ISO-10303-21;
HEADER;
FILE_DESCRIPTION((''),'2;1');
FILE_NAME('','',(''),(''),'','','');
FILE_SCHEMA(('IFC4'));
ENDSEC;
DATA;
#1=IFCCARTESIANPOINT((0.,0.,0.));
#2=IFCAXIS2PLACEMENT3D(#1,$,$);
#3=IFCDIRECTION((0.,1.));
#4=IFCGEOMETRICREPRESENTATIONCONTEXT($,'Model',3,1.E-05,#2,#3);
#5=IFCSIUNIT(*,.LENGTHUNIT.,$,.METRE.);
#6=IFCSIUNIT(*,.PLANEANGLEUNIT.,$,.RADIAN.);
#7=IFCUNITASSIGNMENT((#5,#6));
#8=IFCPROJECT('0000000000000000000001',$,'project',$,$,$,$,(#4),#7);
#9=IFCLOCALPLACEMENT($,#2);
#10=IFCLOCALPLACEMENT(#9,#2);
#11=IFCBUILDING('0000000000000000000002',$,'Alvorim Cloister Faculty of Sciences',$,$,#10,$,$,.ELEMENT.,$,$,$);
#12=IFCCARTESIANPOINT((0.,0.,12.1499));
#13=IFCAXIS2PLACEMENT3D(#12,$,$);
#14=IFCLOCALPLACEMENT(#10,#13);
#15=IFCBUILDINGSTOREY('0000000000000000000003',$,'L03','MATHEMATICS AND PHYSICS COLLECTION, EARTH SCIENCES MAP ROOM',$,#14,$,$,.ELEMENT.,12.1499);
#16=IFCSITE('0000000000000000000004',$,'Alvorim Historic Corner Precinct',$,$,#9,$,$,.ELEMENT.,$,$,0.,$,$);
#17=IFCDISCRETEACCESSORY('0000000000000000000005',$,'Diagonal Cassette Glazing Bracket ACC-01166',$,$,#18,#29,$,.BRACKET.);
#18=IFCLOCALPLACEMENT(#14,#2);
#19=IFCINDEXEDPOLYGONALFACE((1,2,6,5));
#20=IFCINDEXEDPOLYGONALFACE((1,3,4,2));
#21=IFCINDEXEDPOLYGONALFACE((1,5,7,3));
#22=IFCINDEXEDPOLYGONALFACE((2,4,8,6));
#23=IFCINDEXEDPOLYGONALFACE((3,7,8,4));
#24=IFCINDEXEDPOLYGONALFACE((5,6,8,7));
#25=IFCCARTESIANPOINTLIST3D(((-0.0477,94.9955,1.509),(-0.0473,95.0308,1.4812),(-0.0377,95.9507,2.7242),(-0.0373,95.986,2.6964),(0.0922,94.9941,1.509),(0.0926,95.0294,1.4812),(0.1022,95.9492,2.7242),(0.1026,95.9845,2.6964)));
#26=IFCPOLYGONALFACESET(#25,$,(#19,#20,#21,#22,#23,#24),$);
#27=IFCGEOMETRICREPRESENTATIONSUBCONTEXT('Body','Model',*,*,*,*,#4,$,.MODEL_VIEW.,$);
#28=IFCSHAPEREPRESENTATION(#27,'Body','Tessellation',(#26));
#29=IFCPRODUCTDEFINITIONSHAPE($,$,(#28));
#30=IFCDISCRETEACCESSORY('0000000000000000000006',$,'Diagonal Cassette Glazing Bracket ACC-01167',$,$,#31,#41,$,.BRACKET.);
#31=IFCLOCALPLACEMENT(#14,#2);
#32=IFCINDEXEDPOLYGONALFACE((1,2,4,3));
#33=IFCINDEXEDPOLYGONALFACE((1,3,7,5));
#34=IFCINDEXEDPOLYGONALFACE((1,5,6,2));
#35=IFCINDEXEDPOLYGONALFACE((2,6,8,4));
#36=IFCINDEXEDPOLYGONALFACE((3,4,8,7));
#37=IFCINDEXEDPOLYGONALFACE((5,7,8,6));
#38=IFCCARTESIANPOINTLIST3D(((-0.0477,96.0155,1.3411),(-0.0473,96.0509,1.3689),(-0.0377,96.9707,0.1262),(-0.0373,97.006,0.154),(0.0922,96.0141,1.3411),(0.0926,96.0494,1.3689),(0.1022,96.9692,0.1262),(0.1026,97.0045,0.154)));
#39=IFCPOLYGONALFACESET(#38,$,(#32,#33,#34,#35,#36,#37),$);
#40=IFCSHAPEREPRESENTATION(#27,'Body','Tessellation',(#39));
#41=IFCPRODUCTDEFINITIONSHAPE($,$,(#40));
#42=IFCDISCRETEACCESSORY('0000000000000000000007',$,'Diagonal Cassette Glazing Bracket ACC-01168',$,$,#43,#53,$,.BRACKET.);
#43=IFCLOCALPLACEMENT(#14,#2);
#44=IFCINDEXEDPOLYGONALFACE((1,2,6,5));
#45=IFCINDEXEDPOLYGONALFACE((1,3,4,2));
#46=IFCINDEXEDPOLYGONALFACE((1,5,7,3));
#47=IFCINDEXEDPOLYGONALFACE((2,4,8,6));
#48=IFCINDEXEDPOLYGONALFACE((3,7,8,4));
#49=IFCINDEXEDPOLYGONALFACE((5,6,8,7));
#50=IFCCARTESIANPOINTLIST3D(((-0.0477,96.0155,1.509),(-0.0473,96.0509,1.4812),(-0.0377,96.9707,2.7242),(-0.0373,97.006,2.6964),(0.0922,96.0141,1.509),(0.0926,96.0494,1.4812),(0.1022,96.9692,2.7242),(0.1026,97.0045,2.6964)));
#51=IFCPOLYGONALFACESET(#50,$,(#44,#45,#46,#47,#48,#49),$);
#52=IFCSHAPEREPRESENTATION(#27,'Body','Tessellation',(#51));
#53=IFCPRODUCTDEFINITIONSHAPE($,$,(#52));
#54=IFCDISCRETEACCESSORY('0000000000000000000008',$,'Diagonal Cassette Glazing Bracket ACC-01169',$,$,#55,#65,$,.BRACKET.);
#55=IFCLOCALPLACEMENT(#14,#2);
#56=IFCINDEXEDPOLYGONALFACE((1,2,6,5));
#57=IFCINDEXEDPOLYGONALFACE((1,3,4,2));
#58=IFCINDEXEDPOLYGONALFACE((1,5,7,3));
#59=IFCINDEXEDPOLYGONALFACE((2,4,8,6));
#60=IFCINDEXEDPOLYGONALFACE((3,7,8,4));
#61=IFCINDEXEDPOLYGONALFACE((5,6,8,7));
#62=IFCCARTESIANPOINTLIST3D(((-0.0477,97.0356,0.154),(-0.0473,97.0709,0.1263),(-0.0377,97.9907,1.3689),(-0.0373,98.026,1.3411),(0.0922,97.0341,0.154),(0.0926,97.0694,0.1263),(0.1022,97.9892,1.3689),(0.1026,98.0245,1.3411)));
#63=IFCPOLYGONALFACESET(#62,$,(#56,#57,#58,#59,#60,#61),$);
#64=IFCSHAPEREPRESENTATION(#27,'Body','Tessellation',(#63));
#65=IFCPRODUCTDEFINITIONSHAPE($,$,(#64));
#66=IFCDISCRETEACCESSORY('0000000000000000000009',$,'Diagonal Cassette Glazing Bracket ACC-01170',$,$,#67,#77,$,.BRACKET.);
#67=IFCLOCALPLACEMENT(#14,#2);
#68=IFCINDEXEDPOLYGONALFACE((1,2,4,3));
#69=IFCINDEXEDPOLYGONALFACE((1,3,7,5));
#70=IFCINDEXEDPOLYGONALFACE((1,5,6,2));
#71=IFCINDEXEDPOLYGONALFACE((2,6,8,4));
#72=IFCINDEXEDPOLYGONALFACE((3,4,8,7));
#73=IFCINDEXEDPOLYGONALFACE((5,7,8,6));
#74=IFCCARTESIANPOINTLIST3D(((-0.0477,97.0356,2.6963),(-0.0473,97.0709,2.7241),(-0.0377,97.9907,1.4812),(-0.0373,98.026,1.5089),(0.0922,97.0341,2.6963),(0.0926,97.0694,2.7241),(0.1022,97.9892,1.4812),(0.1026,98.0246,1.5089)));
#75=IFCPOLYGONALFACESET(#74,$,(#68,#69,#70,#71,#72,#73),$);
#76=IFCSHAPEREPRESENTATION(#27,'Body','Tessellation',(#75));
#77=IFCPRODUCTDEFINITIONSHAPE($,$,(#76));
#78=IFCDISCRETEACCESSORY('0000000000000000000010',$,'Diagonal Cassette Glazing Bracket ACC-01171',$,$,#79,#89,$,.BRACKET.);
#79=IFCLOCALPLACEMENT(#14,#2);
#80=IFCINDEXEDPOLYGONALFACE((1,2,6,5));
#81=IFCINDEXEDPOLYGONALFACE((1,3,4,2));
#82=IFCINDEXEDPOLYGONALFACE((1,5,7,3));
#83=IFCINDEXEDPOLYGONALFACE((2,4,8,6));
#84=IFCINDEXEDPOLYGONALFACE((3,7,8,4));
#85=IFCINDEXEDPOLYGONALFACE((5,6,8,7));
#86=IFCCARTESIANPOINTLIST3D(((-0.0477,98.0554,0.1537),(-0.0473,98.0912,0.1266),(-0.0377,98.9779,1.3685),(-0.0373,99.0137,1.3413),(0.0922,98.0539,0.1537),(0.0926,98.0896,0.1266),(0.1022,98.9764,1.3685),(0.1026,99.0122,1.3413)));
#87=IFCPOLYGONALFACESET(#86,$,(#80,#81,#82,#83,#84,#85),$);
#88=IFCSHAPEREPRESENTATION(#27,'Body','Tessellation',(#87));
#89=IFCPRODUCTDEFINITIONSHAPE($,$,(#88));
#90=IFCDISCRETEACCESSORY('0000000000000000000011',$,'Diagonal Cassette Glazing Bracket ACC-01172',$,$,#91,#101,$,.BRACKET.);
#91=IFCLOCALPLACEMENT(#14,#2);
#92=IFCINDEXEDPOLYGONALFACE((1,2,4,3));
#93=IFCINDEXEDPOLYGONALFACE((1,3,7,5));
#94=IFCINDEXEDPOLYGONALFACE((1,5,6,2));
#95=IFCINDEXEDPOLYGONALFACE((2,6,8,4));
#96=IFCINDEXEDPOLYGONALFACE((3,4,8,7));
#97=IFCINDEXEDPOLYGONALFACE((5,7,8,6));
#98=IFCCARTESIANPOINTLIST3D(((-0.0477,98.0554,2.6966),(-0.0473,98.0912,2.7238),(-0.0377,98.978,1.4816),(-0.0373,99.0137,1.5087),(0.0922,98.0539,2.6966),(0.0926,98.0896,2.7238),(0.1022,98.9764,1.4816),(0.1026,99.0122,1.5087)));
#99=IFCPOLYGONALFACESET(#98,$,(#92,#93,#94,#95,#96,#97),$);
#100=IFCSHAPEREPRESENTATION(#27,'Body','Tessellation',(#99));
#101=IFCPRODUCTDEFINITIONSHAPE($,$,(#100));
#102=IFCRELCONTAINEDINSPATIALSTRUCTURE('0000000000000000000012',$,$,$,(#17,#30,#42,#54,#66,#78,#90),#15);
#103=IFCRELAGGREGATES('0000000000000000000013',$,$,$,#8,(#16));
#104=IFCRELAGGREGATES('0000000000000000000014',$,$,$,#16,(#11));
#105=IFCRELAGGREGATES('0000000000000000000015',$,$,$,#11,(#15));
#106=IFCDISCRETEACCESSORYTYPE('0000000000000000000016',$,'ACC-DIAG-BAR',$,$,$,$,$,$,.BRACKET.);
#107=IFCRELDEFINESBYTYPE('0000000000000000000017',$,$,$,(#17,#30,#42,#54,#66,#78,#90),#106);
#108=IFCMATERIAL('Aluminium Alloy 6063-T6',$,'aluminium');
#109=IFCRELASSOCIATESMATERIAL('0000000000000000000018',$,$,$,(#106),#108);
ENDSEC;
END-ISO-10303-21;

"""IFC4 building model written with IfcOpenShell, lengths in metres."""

from ifc_helpers import new_model, si_unit, direction, frame, origin, origin_2d, place, context, subcontext, project, spatial, rectangle, extrude, material, type_object, element, save


model = new_model("IFC4")

# Units and contexts
model_context = context("Model", 3, precision=1e-05, world=origin(), true_north=direction((0.0, 1.0)))
body_context = subcontext(model_context, "Body", "Model", "MODEL_VIEW")
ifc_project = project(units=[si_unit("LENGTHUNIT", "METRE"), si_unit("PLANEANGLEUNIT", "RADIAN")], contexts=[model_context])

# Site, building, storey
site_placement = place(None, origin())
site = spatial("IfcSite", under=ifc_project, at=site_placement, Name="Alvorim Historic Corner Precinct", CompositionType="ELEMENT", RefElevation=0.0)
building_placement = place(site_placement, origin())
building = spatial("IfcBuilding", under=site, at=building_placement, Name="Alvorim Cloister Faculty of Sciences", CompositionType="ELEMENT")
storey_placement = place(building_placement, frame((0.0, 0.0, 12.1499)))
storey = spatial("IfcBuildingStorey", under=building, at=storey_placement, Name="L03", Description="MATHEMATICS AND PHYSICS COLLECTION, EARTH SCIENCES MAP ROOM", CompositionType="ELEMENT", Elevation=12.1499)

# Shared definitions
ifc_material_1 = material(Name="Aluminium Alloy 6063-T6", Category="aluminium")

# Discrete accessories
discrete_accessory_type = type_object("IfcDiscreteAccessoryType", Name="ACC-DIAG-BAR", PredefinedType="BRACKET", material=ifc_material_1)
discrete_accessory_1_placement = place(storey_placement, frame((0.0225, 95.0125, 1.4951), z_axis=(0.006477, 0.617955, 0.786187), x_axis=(-0.999945, 0.01048, 0.0)))
element("IfcDiscreteAccessory", 1, at=discrete_accessory_1_placement, inside=storey, type_object=discrete_accessory_type, Name="Diagonal Cassette Glazing Bracket ACC-01166", PredefinedType="BRACKET", context=body_context, shape_type="SweptSolid", body=[
    extrude(rectangle(XDim=0.1399, YDim=0.0449, at=origin_2d()), origin(), (0.0, 0.0, 1.0), 1.5457),
])
discrete_accessory_2_placement = place(storey_placement, frame((0.0225, 96.0325, 1.355), z_axis=(0.006477, 0.618032, -0.786126), x_axis=(-0.999945, 0.01048, 0.0)))
element("IfcDiscreteAccessory", 2, at=discrete_accessory_2_placement, inside=storey, type_object=discrete_accessory_type, Name="Diagonal Cassette Glazing Bracket ACC-01167", PredefinedType="BRACKET", context=body_context, shape_type="SweptSolid", body=[
    extrude(rectangle(XDim=0.1399, YDim=0.0449, at=origin_2d()), origin(), (0.0, 0.0, 1.0), 1.5454),
])
discrete_accessory_3_placement = place(storey_placement, frame((0.0225, 96.0325, 1.4951), z_axis=(0.006477, 0.617955, 0.786187), x_axis=(-0.999945, 0.01048, 0.0)))
element("IfcDiscreteAccessory", 3, at=discrete_accessory_3_placement, inside=storey, type_object=discrete_accessory_type, Name="Diagonal Cassette Glazing Bracket ACC-01168", PredefinedType="BRACKET", context=body_context, shape_type="SweptSolid", body=[
    extrude(rectangle(XDim=0.1399, YDim=0.0449, at=origin_2d()), origin(), (0.0, 0.0, 1.0), 1.5457),
])
discrete_accessory_4_placement = place(storey_placement, frame((0.0225, 97.0525, 0.1401), z_axis=(0.006477, 0.618032, 0.786126), x_axis=(-0.999945, 0.01048, 0.0)))
element("IfcDiscreteAccessory", 4, at=discrete_accessory_4_placement, inside=storey, type_object=discrete_accessory_type, Name="Diagonal Cassette Glazing Bracket ACC-01169", PredefinedType="BRACKET", context=body_context, shape_type="SweptSolid", body=[
    extrude(rectangle(XDim=0.1399, YDim=0.0449, at=origin_2d()), origin(), (0.0, 0.0, 1.0), 1.5454),
])
discrete_accessory_5_placement = place(storey_placement, frame((0.0225, 97.0525, 2.7102), z_axis=(0.006477, 0.617955, -0.786187), x_axis=(-0.999945, 0.01048, 0.0)))
element("IfcDiscreteAccessory", 5, at=discrete_accessory_5_placement, inside=storey, type_object=discrete_accessory_type, Name="Diagonal Cassette Glazing Bracket ACC-01170", PredefinedType="BRACKET", context=body_context, shape_type="SweptSolid", body=[
    extrude(rectangle(XDim=0.1399, YDim=0.0449, at=origin_2d()), origin(), (0.0, 0.0, 1.0), 1.5457),
])
discrete_accessory_6_placement = place(storey_placement, frame((0.0225, 98.0725, 0.1401), z_axis=(0.006562, 0.60479, 0.796358), x_axis=(-0.999941, 0.010849, 0.0)))
element("IfcDiscreteAccessory", 6, at=discrete_accessory_6_placement, inside=storey, type_object=discrete_accessory_type, Name="Diagonal Cassette Glazing Bracket ACC-01171", PredefinedType="BRACKET", context=body_context, shape_type="SweptSolid", body=[
    extrude(rectangle(XDim=0.1399, YDim=0.0449, at=origin_2d()), origin(), (0.0, 0.0, 1.0), 1.5254),
])
discrete_accessory_7_placement = place(storey_placement, frame((0.0225, 98.0725, 2.7102), z_axis=(0.006561, 0.604713, -0.796416), x_axis=(-0.999941, 0.010849, 0.0)))
element("IfcDiscreteAccessory", 7, at=discrete_accessory_7_placement, inside=storey, type_object=discrete_accessory_type, Name="Diagonal Cassette Glazing Bracket ACC-01172", PredefinedType="BRACKET", context=body_context, shape_type="SweptSolid", body=[
    extrude(rectangle(XDim=0.1399, YDim=0.0449, at=origin_2d()), origin(), (0.0, 0.0, 1.0), 1.5256),
])

save(model, "model.ifc")
